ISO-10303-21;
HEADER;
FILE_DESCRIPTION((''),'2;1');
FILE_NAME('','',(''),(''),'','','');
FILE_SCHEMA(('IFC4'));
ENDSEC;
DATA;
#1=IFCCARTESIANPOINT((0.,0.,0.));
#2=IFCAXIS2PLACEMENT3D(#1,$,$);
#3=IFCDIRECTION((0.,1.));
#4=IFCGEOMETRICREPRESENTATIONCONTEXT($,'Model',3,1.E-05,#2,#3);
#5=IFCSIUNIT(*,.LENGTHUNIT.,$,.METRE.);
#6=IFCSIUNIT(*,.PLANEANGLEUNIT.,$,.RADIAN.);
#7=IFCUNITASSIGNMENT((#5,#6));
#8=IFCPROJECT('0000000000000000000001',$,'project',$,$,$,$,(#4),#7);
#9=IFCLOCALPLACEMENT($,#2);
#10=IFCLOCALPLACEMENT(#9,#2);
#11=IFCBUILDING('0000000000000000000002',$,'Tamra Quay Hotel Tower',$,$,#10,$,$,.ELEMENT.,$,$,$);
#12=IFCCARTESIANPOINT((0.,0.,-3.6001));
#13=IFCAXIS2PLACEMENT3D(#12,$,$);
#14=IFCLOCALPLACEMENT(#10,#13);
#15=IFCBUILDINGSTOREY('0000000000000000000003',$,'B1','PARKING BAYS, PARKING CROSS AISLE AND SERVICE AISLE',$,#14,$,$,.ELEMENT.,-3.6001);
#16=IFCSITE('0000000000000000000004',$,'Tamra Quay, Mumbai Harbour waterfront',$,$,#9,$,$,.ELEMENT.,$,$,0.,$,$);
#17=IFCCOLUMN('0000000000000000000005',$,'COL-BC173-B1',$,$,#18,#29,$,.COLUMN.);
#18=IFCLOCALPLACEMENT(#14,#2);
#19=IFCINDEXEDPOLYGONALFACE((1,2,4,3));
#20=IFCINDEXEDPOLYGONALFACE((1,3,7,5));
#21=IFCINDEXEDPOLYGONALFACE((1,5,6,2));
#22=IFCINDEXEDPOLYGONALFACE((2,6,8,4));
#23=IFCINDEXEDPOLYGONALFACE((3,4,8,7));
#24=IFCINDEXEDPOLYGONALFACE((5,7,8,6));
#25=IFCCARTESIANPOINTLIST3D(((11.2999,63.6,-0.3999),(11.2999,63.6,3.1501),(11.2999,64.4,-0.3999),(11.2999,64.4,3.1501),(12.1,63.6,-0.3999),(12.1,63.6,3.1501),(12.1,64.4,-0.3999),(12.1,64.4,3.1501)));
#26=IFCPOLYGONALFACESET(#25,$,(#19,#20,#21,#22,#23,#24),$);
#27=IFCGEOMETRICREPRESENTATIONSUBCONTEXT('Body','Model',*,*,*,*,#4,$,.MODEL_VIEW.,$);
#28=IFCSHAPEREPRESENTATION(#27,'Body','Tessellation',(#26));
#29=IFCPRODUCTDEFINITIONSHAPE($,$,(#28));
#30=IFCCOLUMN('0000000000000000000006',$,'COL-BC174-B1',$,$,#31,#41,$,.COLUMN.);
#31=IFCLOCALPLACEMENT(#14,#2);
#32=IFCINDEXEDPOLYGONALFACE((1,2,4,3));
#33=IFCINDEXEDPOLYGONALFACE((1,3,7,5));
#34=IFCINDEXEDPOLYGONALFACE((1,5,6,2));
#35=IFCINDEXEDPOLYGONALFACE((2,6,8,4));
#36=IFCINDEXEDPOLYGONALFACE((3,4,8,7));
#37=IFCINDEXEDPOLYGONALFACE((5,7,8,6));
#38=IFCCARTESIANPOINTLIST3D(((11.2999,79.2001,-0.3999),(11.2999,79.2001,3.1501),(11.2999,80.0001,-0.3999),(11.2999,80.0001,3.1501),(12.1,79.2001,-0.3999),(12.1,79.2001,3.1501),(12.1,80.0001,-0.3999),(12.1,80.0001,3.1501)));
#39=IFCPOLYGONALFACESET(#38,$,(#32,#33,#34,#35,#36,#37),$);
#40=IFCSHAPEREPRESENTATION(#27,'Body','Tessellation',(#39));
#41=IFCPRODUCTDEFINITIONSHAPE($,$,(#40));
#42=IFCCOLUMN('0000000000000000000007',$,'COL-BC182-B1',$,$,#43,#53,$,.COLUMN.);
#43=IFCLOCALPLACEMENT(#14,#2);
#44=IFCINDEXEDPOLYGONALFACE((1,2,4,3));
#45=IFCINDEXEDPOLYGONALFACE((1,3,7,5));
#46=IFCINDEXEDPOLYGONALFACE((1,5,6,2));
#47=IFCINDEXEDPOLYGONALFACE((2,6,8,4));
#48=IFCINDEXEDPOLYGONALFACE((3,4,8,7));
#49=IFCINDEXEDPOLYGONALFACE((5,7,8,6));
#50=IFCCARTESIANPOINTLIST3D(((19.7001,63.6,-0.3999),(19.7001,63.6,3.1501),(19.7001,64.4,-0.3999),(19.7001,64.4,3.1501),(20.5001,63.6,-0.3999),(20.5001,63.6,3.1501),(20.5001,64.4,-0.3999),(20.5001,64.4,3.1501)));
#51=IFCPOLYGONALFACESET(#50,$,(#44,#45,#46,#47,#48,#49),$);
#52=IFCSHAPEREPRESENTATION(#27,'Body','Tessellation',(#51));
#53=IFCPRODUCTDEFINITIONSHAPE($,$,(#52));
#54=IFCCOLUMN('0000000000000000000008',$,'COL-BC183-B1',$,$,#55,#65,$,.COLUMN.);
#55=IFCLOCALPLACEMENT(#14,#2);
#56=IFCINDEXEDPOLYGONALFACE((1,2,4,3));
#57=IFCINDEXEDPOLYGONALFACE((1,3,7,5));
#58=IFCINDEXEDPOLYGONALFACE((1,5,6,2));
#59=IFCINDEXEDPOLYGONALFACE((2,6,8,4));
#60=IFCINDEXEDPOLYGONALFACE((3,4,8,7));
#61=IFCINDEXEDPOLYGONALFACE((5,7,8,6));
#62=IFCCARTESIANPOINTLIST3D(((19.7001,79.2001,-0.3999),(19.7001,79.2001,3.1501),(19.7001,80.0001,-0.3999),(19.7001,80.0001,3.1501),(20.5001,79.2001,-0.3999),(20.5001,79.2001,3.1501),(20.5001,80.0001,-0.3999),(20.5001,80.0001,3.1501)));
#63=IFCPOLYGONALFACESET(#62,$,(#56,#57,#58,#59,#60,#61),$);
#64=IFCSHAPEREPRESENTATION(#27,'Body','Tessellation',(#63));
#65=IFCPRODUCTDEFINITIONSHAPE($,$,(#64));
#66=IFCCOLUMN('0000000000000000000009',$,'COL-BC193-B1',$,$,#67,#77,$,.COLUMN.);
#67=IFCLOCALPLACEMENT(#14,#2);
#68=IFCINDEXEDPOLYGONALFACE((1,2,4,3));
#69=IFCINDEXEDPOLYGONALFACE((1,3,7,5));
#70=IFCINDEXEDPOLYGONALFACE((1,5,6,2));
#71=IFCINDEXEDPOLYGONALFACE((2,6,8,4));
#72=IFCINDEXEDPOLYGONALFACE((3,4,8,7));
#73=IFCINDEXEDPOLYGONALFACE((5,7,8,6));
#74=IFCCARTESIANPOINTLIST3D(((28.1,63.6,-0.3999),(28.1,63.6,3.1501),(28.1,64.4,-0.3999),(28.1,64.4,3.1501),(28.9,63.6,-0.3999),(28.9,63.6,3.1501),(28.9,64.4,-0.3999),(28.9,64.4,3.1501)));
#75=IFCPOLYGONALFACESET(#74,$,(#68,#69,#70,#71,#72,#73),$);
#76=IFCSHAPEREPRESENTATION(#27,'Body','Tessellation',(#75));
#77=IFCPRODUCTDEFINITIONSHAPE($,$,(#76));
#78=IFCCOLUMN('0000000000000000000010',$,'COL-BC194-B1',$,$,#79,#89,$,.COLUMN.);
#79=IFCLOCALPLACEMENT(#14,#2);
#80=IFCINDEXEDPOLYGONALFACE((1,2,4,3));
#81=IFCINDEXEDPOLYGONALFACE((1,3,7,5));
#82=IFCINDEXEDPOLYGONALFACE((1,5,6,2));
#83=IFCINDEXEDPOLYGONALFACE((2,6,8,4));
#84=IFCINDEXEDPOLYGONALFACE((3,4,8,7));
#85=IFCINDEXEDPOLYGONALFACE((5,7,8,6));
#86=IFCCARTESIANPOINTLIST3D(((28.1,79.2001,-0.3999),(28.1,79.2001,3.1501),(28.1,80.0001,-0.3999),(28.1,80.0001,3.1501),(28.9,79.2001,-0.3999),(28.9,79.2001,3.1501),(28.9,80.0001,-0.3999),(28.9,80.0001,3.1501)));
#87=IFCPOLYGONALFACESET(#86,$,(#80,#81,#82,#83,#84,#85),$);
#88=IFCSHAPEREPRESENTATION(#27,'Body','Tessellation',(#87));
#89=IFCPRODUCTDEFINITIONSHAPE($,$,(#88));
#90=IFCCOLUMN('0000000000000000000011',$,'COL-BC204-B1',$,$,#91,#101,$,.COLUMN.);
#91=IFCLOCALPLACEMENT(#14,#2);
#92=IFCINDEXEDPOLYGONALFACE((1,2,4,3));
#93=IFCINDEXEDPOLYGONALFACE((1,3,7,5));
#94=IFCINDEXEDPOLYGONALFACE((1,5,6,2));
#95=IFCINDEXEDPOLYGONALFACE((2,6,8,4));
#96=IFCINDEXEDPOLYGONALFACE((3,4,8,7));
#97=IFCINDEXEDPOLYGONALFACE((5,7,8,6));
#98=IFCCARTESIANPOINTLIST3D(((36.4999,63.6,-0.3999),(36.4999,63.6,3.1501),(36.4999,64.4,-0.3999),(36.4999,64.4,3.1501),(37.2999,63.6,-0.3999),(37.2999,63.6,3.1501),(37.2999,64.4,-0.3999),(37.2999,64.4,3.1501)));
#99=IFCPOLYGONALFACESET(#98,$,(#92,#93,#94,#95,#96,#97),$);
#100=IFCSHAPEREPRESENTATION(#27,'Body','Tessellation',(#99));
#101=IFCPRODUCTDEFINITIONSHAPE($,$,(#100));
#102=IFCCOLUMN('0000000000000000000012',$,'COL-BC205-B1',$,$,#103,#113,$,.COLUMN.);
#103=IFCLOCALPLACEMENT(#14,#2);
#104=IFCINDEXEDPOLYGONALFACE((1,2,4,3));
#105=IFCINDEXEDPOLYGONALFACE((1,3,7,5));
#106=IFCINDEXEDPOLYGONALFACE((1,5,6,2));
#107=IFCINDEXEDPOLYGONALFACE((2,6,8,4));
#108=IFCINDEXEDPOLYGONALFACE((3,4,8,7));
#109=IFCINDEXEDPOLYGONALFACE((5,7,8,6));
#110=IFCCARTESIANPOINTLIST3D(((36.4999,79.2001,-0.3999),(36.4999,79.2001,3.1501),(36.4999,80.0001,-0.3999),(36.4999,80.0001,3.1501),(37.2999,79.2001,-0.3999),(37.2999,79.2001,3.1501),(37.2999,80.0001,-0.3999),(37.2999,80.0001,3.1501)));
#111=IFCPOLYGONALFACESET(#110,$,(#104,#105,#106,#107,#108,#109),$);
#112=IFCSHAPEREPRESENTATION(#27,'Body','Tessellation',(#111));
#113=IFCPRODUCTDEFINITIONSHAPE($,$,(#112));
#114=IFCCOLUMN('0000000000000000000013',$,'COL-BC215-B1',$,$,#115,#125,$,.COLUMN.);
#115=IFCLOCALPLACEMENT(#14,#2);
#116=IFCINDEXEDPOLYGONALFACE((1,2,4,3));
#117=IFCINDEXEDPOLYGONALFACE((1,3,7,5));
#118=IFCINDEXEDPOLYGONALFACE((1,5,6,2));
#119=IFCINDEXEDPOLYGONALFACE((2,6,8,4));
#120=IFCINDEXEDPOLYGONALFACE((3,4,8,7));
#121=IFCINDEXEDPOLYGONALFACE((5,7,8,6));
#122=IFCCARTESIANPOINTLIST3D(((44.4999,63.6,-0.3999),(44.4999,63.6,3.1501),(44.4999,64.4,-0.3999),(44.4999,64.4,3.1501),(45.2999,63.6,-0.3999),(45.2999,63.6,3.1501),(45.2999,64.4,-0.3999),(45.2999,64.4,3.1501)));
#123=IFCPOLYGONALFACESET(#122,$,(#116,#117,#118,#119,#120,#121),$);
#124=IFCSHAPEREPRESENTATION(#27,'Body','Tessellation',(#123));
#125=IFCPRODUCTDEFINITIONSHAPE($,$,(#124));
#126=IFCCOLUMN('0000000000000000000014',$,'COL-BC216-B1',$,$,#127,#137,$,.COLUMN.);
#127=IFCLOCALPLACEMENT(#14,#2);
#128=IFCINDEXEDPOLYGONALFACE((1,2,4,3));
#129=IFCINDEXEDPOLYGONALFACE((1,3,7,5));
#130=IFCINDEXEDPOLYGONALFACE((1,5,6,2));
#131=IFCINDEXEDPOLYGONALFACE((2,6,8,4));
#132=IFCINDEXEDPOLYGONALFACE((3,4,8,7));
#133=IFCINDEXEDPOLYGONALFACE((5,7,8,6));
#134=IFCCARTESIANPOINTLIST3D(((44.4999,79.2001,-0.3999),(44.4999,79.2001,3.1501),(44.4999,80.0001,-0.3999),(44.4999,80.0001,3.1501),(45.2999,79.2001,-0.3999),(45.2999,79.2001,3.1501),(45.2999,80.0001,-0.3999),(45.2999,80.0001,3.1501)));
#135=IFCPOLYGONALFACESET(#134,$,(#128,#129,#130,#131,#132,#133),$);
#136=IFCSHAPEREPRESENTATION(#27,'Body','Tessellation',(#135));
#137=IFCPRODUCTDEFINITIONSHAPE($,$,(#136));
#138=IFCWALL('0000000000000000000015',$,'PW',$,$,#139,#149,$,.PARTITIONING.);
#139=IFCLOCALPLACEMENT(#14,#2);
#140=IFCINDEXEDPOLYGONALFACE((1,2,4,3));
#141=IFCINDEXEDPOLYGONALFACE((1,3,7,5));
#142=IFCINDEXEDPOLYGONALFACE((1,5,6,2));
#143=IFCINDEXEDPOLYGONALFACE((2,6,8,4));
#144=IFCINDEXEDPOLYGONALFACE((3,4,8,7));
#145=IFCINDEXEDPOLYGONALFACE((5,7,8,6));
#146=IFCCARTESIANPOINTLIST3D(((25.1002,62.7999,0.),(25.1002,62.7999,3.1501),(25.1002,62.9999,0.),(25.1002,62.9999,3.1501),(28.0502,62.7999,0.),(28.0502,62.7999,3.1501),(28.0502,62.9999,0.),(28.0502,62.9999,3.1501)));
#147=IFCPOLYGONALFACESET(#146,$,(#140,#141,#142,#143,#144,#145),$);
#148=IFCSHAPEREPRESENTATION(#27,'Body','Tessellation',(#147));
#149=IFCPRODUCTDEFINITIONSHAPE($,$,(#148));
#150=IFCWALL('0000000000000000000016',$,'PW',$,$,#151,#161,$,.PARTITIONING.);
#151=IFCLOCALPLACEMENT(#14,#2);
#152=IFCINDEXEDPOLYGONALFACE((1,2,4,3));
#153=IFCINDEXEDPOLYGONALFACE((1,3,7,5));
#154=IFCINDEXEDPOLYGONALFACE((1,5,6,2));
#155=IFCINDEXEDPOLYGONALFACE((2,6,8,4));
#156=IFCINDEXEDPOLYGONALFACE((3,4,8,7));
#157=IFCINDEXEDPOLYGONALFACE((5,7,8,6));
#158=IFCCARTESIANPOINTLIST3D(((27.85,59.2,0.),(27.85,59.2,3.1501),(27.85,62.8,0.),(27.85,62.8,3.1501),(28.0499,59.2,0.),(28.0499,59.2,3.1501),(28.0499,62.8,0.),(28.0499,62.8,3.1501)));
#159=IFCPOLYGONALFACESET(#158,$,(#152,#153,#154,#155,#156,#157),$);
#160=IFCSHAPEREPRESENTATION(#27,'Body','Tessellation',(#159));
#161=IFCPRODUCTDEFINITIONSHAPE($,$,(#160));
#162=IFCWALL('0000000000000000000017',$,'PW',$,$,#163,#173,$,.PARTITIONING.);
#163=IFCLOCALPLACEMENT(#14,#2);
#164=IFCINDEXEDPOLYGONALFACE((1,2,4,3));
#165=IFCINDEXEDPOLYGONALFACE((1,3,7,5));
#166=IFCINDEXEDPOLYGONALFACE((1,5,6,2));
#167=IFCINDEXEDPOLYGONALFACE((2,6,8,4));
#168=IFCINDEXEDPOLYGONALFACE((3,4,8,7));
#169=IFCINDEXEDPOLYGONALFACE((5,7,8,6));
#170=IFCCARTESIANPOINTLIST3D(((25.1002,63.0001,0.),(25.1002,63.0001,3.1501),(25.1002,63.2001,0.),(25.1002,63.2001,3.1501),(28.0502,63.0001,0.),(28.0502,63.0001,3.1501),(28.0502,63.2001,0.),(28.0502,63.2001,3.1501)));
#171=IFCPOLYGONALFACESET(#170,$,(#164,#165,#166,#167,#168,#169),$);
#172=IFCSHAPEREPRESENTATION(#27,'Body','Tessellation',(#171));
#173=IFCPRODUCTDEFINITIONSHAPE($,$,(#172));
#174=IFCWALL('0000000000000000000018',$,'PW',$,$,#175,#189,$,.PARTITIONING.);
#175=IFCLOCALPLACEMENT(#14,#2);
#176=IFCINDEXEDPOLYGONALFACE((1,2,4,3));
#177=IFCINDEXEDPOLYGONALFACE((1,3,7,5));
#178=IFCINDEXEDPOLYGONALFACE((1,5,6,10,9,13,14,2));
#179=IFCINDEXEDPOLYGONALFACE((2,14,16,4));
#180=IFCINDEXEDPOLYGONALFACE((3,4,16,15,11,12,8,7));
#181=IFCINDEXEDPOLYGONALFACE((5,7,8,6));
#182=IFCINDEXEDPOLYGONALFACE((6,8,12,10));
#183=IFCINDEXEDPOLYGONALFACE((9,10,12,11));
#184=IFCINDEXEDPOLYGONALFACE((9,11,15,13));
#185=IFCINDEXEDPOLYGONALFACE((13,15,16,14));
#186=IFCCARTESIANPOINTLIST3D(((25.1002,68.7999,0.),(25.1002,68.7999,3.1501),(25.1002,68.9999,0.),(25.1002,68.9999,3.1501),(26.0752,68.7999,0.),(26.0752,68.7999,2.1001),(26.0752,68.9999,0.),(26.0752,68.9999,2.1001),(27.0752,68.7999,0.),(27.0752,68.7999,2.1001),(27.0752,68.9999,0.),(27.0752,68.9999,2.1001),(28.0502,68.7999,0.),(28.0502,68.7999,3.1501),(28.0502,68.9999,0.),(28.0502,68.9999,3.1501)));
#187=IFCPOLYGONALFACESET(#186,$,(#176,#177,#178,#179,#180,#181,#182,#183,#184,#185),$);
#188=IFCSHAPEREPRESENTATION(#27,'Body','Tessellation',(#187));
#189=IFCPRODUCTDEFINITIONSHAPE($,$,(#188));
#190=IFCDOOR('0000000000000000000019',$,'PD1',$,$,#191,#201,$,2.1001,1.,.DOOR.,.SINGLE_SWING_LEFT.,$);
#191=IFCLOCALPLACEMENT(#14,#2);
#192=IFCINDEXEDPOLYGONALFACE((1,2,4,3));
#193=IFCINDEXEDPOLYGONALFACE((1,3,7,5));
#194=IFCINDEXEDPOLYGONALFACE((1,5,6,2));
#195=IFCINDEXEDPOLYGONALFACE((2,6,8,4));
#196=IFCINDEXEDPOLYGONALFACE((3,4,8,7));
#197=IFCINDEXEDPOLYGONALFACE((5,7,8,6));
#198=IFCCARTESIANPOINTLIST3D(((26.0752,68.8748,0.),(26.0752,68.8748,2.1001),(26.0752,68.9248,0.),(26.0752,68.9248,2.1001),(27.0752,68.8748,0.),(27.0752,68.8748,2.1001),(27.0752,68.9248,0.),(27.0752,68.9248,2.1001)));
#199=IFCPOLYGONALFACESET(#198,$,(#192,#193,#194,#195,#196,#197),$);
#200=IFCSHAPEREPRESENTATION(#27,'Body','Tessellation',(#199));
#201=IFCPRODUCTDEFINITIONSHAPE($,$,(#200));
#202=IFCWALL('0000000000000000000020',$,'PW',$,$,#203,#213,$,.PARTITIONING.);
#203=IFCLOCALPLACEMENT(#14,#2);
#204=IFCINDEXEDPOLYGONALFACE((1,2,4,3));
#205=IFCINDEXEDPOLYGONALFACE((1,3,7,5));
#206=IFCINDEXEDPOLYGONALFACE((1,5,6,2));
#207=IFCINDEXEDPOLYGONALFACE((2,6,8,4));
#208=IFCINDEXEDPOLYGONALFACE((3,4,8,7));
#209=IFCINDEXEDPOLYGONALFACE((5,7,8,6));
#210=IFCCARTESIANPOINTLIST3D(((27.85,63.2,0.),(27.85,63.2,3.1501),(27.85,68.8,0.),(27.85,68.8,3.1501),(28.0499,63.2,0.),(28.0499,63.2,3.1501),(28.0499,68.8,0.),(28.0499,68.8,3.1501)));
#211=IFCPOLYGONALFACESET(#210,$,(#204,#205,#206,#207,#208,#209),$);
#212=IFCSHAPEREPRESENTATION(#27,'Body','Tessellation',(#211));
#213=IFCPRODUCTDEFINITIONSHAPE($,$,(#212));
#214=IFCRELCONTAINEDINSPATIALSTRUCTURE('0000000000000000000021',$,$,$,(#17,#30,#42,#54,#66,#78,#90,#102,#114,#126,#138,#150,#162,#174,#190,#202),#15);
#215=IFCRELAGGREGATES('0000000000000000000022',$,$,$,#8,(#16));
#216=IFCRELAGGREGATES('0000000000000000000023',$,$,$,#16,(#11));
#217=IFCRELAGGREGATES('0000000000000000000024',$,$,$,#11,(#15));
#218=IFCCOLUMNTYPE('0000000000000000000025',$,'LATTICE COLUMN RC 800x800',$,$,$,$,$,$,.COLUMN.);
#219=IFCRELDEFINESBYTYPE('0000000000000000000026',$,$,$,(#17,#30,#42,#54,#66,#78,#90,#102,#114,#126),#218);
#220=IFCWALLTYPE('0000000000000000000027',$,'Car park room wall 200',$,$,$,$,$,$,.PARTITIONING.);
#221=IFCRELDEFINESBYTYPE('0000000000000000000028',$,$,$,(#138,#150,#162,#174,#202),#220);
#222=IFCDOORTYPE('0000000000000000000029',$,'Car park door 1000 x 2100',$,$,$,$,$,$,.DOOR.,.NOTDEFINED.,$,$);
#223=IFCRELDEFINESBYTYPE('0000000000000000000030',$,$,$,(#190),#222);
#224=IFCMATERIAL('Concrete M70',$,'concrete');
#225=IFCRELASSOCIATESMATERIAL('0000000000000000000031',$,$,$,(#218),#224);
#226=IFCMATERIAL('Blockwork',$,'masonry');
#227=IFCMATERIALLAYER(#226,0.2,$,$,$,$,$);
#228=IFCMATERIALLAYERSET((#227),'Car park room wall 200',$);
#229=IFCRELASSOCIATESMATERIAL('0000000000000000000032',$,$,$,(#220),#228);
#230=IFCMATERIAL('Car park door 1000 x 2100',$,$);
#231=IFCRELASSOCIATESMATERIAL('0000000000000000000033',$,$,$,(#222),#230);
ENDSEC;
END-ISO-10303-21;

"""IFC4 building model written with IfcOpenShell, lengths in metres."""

from ifc_helpers import new_model, si_unit, direction, frame, frame_2d, origin, origin_2d, place, context, subcontext, project, spatial, rectangle, extrude, material, layer, layer_set, material_profile, profile_set, type_object, element, fill, save


model = new_model("IFC4")

# Units and contexts
model_context = context("Model", 3, precision=1e-05, world=origin(), true_north=direction((0.0, 1.0)))
body_context = subcontext(model_context, "Body", "Model", "MODEL_VIEW")
ifc_project = project(units=[si_unit("LENGTHUNIT", "METRE"), si_unit("PLANEANGLEUNIT", "RADIAN")], contexts=[model_context])

# Site, building, storey
site_placement = place(None, origin())
site = spatial("IfcSite", under=ifc_project, at=site_placement, Name="Tamra Quay, Mumbai Harbour waterfront", CompositionType="ELEMENT", RefElevation=0.0)
building_placement = place(site_placement, origin())
building = spatial("IfcBuilding", under=site, at=building_placement, Name="Tamra Quay Hotel Tower", CompositionType="ELEMENT")
storey_placement = place(building_placement, frame((0.0, 0.0, -3.6001)))
storey = spatial("IfcBuildingStorey", under=building, at=storey_placement, Name="B1", Description="PARKING BAYS, PARKING CROSS AISLE AND SERVICE AISLE", CompositionType="ELEMENT", Elevation=-3.6001)

# Columns
ifc_material_1 = material(Name="Concrete M70", Category="concrete")
ifc_material_profile = material_profile(ifc_material_1, rectangle(XDim=0.8, YDim=0.8, at=origin_2d()), Name="LATTICE COLUMN RC 800x800")
ifc_profile_set = profile_set([ifc_material_profile], Name="Concrete M70")
column_type = type_object("IfcColumnType", Name="LATTICE COLUMN RC 800x800", PredefinedType="COLUMN", material=ifc_profile_set)
for number, where, z_axis, x_axis, name in (
    (1, (11.7, 64.0, -0.3999), (0.0, 0.0, 1.0), (1.0, 0.0, 0.0), "COL-BC173-B1"),
    (2, (11.7, 79.6001, -0.3999), (0.0, 0.0, 1.0), (1.0, 0.0, 0.0), "COL-BC174-B1"),
    (3, (20.1001, 64.0, -0.3999), (0.0, 0.0, 1.0), (1.0, 0.0, 0.0), "COL-BC182-B1"),
    (4, (20.1001, 79.6001, -0.3999), (0.0, 0.0, 1.0), (1.0, 0.0, 0.0), "COL-BC183-B1"),
    (5, (28.5, 64.0, -0.3999), (0.0, 0.0, 1.0), (1.0, 0.0, 0.0), "COL-BC193-B1"),
    (6, (28.5, 79.6001, -0.3999), (0.0, 0.0, 1.0), (1.0, 0.0, 0.0), "COL-BC194-B1"),
    (7, (36.8999, 64.0, -0.3999), (0.0, 0.0, 1.0), (1.0, 0.0, 0.0), "COL-BC204-B1"),
    (8, (36.8999, 79.6001, -0.3999), (0.0, 0.0, 1.0), (1.0, 0.0, 0.0), "COL-BC205-B1"),
    (9, (44.8999, 64.0, -0.3999), (0.0, 0.0, 1.0), (1.0, 0.0, 0.0), "COL-BC215-B1"),
    (10, (44.8999, 79.6001, -0.3999), (0.0, 0.0, 1.0), (1.0, 0.0, 0.0), "COL-BC216-B1"),
):
    element("IfcColumn", number, at=place(storey_placement, frame(where, z_axis=z_axis, x_axis=x_axis)), inside=storey, type_object=column_type, Name=name, PredefinedType="COLUMN", context=body_context, shape_type="SweptSolid", body=[
        extrude(rectangle(XDim=0.8, YDim=0.8, at=origin_2d()), origin(), (0.0, 0.0, 1.0), 3.55),
    ])

# Walls
ifc_material_2 = material(Name="Blockwork", Category="masonry")
ifc_layer_1 = layer(ifc_material_2, 0.2)
ifc_layer_set_1 = layer_set([ifc_layer_1], Name="Car park room wall 200")
wall_type_1 = type_object("IfcWallType", Name="Car park room wall 200", PredefinedType="PARTITIONING", material=ifc_layer_set_1)
wall_1_placement = place(storey_placement, frame((25.1001, 62.8999, 0.0), z_axis=(0.0, 0.0, 1.0), x_axis=(1.0, 0.0, 0.0)))
element("IfcWall", 11, at=wall_1_placement, inside=storey, type_object=wall_type_1, Name="PW", PredefinedType="PARTITIONING", context=body_context, shape_type="SweptSolid", body=[
    extrude(rectangle(XDim=2.95, YDim=0.2, at=frame_2d((1.4751, 0.0))), origin(), (0.0, 0.0, 1.0), 3.1501),
])
wall_2_placement = place(storey_placement, frame((27.95, 59.2, 0.0), z_axis=(0.0, 0.0, 1.0), x_axis=(0.0, 1.0, 0.0)))
element("IfcWall", 12, at=wall_2_placement, inside=storey, type_object=wall_type_1, Name="PW", PredefinedType="PARTITIONING", context=body_context, shape_type="SweptSolid", body=[
    extrude(rectangle(XDim=3.6001, YDim=0.2, at=frame_2d((1.8, 0.0))), origin(), (0.0, 0.0, 1.0), 3.1501),
])
wall_3_placement = place(storey_placement, frame((25.1001, 63.1001, 0.0), z_axis=(0.0, 0.0, 1.0), x_axis=(1.0, 0.0, 0.0)))
element("IfcWall", 13, at=wall_3_placement, inside=storey, type_object=wall_type_1, Name="PW", PredefinedType="PARTITIONING", context=body_context, shape_type="SweptSolid", body=[
    extrude(rectangle(XDim=2.95, YDim=0.2, at=frame_2d((1.4751, 0.0))), origin(), (0.0, 0.0, 1.0), 3.1501),
])

# Wall, opening, door
wall_4_placement = place(storey_placement, frame((25.1001, 68.8999, 0.0), z_axis=(0.0, 0.0, 1.0), x_axis=(1.0, 0.0, 0.0)))
wall_4 = element("IfcWall", 14, at=wall_4_placement, inside=storey, type_object=wall_type_1, Name="PW", PredefinedType="PARTITIONING", context=body_context, shape_type="SweptSolid", body=[
    extrude(rectangle(XDim=2.95, YDim=0.2, at=frame_2d((1.4751, 0.0))), origin(), (0.0, 0.0, 1.0), 3.1501),
])
opening_1_placement = place(wall_4_placement, frame((0.9751, 0.0, 0.0)))
opening_1 = element("IfcOpeningElement", 15, at=opening_1_placement, cuts=wall_4, PredefinedType="OPENING", context=body_context, shape_type="SweptSolid", body=[
    extrude(rectangle(XDim=1.0, YDim=2.1001, at=frame_2d((0.5, 1.05))), frame((0.0, 0.1099, 0.0), z_axis=(0.0, -1.0, 0.0), x_axis=(1.0, 0.0, 0.0)), (0.0, 0.0, 1.0), 0.22),
])
ifc_material_3 = material(Name="Car park door 1000 x 2100")
door_type_1 = type_object("IfcDoorType", Name="Car park door 1000 x 2100", OperationType="NOTDEFINED", PredefinedType="DOOR", material=ifc_material_3)
door_1_placement = place(opening_1_placement, origin())
door_1 = element("IfcDoor", 16, at=door_1_placement, inside=storey, type_object=door_type_1, Name="PD1", OperationType="SINGLE_SWING_LEFT", OverallHeight=2.1001, OverallWidth=1.0, PredefinedType="DOOR", context=body_context, shape_type="SweptSolid", body=[
    extrude(rectangle(XDim=1.0, YDim=2.1001, at=frame_2d((0.5, 1.05))), frame((0.0, 0.0249, 0.0), z_axis=(0.0, -1.0, 0.0), x_axis=(1.0, 0.0, 0.0)), (0.0, 0.0, 1.0), 0.05),
])
fill(opening_1, door_1)

# Wall
wall_5_placement = place(storey_placement, frame((27.95, 63.2, 0.0), z_axis=(0.0, 0.0, 1.0), x_axis=(0.0, 1.0, 0.0)))
element("IfcWall", 17, at=wall_5_placement, inside=storey, type_object=wall_type_1, Name="PW", PredefinedType="PARTITIONING", context=body_context, shape_type="SweptSolid", body=[
    extrude(rectangle(XDim=5.6001, YDim=0.2, at=frame_2d((2.8, 0.0))), origin(), (0.0, 0.0, 1.0), 3.1501),
])

save(model, "model.ifc")
